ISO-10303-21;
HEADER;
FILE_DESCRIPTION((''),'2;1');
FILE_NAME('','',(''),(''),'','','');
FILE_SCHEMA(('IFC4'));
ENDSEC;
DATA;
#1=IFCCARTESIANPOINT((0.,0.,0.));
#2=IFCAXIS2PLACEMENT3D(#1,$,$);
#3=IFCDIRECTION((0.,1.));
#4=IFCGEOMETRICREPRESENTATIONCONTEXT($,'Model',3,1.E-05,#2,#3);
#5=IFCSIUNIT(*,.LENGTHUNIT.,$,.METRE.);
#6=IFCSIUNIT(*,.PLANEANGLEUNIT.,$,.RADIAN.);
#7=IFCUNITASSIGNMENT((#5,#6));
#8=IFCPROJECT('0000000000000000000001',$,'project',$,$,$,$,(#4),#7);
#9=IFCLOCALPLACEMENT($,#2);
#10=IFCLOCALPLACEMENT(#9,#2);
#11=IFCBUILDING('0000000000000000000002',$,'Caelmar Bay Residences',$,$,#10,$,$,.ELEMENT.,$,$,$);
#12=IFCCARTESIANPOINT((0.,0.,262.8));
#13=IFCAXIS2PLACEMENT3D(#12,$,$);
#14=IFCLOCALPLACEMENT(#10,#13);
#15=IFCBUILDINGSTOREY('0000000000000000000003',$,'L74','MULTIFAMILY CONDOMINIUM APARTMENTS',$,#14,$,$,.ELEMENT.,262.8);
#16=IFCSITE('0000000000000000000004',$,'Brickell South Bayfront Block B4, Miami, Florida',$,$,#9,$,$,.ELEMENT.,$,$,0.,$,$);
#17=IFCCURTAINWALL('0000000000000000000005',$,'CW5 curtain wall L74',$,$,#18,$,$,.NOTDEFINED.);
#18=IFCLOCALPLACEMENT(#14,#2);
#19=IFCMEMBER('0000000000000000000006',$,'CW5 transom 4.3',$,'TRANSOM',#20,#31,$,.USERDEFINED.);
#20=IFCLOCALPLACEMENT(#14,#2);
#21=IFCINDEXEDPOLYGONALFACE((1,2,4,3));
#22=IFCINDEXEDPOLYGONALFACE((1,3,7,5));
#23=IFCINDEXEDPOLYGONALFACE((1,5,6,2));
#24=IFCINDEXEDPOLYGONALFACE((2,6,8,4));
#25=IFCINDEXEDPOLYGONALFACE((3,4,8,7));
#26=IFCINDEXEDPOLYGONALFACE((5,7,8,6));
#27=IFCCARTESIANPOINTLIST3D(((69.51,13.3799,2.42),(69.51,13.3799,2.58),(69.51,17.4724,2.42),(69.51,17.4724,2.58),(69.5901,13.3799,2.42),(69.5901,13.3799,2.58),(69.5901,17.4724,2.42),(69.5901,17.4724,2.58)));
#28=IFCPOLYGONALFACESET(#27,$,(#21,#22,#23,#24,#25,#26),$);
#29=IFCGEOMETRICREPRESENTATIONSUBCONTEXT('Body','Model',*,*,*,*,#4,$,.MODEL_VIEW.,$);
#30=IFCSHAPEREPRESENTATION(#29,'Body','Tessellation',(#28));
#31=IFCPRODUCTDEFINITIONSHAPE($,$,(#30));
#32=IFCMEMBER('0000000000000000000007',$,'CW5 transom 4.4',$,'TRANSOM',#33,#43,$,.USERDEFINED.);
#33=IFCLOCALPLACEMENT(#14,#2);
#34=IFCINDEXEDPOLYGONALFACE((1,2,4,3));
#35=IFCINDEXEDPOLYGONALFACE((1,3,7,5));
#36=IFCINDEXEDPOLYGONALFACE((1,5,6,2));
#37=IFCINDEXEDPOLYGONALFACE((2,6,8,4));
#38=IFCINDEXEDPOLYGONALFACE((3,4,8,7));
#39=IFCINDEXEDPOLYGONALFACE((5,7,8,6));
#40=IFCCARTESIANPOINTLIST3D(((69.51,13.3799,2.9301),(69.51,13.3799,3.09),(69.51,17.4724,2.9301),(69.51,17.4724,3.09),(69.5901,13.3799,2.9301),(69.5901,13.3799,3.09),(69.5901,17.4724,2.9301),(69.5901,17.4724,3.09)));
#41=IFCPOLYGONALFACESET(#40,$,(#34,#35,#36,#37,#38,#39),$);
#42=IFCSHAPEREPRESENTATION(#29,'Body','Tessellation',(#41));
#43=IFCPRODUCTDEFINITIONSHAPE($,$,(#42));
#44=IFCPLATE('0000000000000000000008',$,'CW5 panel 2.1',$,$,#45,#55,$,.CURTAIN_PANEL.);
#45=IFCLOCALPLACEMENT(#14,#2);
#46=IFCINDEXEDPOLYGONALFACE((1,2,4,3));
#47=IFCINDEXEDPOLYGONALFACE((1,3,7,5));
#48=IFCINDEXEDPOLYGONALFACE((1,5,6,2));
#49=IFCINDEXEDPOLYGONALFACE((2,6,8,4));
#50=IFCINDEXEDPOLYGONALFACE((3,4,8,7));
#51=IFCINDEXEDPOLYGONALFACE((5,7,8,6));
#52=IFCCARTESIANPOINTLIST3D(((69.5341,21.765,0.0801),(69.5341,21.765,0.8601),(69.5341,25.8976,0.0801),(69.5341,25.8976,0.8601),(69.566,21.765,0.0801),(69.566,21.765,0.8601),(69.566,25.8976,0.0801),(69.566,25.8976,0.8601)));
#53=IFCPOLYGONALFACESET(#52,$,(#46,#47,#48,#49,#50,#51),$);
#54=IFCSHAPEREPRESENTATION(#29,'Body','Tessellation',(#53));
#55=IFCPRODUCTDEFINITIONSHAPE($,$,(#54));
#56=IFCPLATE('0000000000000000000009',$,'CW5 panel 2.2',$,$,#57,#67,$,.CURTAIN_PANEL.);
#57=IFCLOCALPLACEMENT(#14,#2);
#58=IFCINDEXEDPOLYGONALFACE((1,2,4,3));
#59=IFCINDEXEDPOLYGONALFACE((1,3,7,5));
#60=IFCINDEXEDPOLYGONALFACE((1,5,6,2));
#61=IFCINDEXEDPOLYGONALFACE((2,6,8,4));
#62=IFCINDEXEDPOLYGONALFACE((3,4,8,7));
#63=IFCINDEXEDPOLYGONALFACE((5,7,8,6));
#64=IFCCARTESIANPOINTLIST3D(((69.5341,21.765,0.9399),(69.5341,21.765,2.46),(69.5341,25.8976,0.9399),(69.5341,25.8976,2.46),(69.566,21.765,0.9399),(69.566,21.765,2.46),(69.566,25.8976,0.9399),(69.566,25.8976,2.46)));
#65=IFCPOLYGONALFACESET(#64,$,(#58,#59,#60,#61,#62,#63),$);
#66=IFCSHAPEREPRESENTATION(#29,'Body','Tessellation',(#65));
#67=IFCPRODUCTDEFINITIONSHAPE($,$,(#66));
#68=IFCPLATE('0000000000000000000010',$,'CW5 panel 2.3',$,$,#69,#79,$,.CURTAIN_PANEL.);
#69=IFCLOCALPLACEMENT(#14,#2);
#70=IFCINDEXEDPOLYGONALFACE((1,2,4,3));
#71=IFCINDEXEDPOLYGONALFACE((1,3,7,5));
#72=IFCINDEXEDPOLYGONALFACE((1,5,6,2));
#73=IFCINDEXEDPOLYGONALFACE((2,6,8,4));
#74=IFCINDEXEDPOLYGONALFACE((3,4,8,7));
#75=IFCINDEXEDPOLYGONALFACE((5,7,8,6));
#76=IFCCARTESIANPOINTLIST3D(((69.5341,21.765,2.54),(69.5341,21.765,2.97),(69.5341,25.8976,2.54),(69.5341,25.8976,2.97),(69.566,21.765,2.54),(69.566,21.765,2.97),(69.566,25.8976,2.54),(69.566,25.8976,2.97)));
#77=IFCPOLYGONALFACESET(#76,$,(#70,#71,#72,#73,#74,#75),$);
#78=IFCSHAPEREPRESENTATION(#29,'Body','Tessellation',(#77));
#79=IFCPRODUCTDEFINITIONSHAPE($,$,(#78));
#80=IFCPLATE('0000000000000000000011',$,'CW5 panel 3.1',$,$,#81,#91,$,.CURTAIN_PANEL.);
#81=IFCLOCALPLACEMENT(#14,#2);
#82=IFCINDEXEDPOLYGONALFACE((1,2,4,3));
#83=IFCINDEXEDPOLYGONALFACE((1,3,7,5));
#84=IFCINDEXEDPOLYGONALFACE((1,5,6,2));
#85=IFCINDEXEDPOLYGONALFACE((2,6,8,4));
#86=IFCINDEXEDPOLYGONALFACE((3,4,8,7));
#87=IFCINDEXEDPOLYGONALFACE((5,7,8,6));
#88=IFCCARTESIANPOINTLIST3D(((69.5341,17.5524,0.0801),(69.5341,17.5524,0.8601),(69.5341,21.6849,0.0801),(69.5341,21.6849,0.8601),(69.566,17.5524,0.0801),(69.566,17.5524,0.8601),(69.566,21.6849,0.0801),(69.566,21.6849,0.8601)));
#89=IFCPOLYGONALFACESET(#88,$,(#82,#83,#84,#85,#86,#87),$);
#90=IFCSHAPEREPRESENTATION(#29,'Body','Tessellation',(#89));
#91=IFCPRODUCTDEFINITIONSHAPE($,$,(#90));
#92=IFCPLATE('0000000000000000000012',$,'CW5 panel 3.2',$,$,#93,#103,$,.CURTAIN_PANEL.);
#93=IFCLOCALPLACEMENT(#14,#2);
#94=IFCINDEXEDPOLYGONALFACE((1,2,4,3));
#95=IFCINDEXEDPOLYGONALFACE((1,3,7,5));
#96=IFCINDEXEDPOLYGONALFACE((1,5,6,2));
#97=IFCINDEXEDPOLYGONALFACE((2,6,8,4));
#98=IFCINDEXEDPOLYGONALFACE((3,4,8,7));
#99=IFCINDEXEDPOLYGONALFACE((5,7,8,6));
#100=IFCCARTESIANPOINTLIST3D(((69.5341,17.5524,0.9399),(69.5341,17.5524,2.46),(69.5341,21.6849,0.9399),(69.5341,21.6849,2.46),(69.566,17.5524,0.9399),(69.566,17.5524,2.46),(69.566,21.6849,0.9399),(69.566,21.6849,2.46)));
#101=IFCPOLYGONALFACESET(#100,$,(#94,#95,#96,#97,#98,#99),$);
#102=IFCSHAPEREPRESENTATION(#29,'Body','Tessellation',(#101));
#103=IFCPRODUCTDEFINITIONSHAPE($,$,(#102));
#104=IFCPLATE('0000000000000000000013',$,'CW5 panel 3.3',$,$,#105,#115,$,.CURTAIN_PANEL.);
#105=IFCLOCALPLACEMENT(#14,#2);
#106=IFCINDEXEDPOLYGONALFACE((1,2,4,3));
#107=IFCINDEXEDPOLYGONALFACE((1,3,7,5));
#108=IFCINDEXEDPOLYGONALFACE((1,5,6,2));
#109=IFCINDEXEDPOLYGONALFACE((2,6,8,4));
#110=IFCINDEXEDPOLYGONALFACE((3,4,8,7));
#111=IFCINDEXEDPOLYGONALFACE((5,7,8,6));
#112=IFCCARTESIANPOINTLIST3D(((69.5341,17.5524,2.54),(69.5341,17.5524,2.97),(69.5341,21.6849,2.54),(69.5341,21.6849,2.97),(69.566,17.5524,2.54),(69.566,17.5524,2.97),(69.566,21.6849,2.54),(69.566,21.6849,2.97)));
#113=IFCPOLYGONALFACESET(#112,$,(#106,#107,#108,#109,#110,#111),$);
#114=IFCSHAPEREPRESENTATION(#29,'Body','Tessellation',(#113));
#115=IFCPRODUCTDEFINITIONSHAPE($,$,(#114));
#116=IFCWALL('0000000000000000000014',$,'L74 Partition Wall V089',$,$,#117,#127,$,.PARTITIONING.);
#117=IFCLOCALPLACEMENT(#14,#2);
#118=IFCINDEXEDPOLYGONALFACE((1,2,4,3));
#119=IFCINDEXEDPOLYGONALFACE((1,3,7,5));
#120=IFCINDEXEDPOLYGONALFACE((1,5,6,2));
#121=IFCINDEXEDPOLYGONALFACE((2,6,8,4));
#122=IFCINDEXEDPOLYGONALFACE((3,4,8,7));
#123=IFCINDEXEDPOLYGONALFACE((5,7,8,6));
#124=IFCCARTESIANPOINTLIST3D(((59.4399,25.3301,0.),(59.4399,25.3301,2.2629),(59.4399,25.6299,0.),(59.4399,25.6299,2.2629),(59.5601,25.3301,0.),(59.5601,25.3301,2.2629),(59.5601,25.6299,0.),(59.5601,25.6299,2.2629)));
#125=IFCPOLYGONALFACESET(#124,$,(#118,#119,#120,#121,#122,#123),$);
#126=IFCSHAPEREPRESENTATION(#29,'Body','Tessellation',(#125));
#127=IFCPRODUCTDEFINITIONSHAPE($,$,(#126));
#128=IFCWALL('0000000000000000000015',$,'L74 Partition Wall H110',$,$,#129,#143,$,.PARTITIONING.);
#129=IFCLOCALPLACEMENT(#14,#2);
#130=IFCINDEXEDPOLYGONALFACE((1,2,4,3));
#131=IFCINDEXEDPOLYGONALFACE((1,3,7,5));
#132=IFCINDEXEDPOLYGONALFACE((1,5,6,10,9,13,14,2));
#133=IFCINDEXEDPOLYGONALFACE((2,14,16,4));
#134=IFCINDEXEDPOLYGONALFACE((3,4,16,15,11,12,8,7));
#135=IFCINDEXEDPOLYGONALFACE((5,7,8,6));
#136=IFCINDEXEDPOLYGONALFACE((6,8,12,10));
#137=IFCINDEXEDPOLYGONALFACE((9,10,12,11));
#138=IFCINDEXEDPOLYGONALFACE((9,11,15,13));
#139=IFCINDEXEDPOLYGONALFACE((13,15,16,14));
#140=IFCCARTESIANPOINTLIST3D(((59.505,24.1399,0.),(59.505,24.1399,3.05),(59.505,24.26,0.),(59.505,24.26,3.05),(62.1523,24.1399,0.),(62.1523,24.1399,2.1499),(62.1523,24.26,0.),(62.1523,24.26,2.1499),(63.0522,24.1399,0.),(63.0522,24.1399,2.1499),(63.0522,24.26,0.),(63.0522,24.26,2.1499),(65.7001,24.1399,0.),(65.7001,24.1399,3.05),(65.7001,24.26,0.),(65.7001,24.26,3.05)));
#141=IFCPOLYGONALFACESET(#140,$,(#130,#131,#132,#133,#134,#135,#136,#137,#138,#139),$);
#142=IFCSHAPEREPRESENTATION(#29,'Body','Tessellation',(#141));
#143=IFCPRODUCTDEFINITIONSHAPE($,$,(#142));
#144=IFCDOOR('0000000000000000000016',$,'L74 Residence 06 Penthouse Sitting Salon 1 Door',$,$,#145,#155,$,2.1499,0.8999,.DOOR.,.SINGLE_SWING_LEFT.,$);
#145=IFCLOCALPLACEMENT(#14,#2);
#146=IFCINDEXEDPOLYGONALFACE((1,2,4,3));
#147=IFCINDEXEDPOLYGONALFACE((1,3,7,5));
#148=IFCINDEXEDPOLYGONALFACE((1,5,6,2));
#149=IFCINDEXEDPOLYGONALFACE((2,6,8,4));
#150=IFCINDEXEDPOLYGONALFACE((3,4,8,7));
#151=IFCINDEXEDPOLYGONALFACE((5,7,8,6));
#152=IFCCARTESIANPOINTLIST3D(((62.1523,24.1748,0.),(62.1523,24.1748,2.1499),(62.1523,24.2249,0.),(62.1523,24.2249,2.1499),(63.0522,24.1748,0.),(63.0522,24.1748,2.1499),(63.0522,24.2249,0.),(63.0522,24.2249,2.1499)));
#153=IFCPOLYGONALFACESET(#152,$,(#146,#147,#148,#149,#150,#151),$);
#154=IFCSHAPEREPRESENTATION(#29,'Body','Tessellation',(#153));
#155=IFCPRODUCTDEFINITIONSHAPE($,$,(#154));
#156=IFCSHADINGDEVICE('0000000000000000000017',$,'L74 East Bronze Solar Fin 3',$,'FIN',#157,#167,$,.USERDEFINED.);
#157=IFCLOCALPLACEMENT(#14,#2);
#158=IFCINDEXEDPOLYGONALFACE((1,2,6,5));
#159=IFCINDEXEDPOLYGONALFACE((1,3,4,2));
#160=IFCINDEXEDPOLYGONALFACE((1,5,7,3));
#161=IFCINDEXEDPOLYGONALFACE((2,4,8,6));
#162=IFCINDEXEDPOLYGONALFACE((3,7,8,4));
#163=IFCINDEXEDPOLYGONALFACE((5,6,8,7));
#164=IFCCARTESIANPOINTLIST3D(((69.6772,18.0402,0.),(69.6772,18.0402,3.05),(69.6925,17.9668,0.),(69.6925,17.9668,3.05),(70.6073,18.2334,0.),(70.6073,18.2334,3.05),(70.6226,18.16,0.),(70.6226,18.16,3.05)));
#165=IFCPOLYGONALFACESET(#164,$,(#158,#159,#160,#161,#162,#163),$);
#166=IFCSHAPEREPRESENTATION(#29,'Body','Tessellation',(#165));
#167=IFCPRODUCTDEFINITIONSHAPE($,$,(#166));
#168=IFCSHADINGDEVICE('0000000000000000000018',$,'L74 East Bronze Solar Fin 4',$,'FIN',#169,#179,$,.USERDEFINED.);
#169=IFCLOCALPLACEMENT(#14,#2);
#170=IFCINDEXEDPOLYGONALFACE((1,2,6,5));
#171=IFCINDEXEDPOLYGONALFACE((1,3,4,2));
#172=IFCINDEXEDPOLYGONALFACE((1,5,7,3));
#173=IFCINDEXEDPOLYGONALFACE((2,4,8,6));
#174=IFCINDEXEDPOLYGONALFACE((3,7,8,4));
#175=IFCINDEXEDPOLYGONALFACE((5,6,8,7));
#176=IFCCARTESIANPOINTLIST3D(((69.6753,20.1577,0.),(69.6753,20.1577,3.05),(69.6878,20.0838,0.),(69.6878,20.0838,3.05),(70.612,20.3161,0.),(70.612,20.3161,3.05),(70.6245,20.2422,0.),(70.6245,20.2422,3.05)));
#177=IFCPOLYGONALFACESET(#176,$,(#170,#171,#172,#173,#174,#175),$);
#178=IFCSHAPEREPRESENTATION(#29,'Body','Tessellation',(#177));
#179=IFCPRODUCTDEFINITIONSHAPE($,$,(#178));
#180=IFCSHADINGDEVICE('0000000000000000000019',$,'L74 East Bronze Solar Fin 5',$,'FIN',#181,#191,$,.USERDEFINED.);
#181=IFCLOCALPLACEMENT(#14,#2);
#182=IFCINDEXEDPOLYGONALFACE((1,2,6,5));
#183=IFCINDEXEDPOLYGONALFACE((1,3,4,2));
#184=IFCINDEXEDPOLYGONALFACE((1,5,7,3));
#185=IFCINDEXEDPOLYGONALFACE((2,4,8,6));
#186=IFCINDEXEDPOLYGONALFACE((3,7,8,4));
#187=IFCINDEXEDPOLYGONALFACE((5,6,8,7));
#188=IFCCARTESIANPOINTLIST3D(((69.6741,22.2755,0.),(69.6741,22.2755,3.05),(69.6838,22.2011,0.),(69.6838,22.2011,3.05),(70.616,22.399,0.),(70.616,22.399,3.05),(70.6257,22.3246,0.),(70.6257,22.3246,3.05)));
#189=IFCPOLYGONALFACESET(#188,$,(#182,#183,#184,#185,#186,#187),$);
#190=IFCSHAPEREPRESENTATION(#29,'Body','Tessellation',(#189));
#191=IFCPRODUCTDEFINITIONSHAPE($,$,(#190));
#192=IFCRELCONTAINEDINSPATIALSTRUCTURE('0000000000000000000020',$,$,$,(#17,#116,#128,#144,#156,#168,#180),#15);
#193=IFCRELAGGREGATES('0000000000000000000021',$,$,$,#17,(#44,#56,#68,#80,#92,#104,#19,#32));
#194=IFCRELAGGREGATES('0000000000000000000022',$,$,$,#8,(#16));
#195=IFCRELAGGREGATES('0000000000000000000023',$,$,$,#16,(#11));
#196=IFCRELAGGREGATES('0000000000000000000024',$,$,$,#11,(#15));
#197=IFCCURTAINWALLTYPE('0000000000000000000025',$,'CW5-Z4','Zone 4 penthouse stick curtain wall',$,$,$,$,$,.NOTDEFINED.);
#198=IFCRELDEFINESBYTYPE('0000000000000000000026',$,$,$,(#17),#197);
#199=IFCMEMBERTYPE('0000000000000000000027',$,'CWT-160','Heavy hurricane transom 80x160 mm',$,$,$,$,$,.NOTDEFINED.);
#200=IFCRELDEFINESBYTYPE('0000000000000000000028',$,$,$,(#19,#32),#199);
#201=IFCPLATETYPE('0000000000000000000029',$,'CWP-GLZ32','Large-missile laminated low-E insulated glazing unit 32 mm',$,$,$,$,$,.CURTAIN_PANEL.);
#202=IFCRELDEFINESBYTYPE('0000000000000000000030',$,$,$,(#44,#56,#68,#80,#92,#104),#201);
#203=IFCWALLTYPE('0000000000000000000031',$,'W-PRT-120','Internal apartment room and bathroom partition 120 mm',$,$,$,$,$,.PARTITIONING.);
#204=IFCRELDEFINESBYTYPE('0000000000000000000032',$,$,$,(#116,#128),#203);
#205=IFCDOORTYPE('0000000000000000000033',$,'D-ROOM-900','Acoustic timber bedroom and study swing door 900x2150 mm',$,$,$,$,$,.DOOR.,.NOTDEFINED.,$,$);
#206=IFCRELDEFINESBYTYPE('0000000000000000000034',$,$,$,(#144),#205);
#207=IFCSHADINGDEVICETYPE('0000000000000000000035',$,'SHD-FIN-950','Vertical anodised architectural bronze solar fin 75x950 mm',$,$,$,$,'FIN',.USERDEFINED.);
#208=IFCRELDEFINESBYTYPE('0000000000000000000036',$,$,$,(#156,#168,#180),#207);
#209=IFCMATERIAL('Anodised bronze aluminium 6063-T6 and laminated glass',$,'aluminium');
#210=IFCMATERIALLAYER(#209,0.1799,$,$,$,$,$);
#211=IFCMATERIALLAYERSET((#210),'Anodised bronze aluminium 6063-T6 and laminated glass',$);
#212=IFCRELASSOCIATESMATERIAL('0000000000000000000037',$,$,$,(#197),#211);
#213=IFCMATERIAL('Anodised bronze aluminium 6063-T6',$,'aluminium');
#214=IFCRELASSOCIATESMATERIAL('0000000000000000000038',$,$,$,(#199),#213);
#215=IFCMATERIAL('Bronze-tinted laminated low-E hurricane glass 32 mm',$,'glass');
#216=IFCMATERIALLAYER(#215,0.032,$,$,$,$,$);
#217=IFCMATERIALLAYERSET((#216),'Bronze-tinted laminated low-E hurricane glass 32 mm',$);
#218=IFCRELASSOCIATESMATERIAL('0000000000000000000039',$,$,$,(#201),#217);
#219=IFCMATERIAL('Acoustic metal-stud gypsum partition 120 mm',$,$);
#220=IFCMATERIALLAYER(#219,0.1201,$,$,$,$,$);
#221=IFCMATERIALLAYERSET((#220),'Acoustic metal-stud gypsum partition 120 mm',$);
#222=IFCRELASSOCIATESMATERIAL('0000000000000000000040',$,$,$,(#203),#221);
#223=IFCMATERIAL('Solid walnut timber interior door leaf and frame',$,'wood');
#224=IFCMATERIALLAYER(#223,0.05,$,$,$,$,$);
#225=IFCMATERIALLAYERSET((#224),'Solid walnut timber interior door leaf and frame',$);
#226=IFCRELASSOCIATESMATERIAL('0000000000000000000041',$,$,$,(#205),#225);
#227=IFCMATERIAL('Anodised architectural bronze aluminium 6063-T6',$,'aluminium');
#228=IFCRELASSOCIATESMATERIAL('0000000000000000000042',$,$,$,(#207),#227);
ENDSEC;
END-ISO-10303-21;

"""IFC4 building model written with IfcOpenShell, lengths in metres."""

from ifc_helpers import new_model, si_unit, direction, frame, frame_2d, origin, origin_2d, place, context, subcontext, project, spatial, rectangle, extrude, material, layer, layer_set, material_profile, profile_set, type_object, element, fill, aggregate, save


model = new_model("IFC4")

# Units and contexts
model_context = context("Model", 3, precision=1e-05, world=origin(), true_north=direction((0.0, 1.0)))
body_context = subcontext(model_context, "Body", "Model", "MODEL_VIEW")
ifc_project = project(units=[si_unit("LENGTHUNIT", "METRE"), si_unit("PLANEANGLEUNIT", "RADIAN")], contexts=[model_context])

# Site, building, storey
site_placement = place(None, origin())
site = spatial("IfcSite", under=ifc_project, at=site_placement, Name="Brickell South Bayfront Block B4, Miami, Florida", CompositionType="ELEMENT", RefElevation=0.0)
building_placement = place(site_placement, origin())
building = spatial("IfcBuilding", under=site, at=building_placement, Name="Caelmar Bay Residences", CompositionType="ELEMENT")
storey_placement = place(building_placement, frame((0.0, 0.0, 262.8)))
storey = spatial("IfcBuildingStorey", under=building, at=storey_placement, Name="L74", Description="MULTIFAMILY CONDOMINIUM APARTMENTS", CompositionType="ELEMENT", Elevation=262.8)

# Curtain wall, members, plates
ifc_material_1 = material(Name="Anodised bronze aluminium 6063-T6 and laminated glass", Category="aluminium")
ifc_layer_1 = layer(ifc_material_1, 0.1799)
ifc_layer_set_1 = layer_set([ifc_layer_1], Name="Anodised bronze aluminium 6063-T6 and laminated glass")
curtain_wall_type = type_object("IfcCurtainWallType", Name="CW5-Z4", Description="Zone 4 penthouse stick curtain wall", PredefinedType="NOTDEFINED", material=ifc_layer_set_1)
curtain_wall_placement = place(storey_placement, origin())
curtain_wall = element("IfcCurtainWall", 1, at=curtain_wall_placement, inside=storey, type_object=curtain_wall_type, Name="CW5 curtain wall L74", PredefinedType="NOTDEFINED")
ifc_material_2 = material(Name="Anodised bronze aluminium 6063-T6", Category="aluminium")
ifc_material_profile_1 = material_profile(ifc_material_2, rectangle(XDim=0.0801, YDim=0.1599, at=origin_2d()), Name="CWT-80X160")
ifc_profile_set_1 = profile_set([ifc_material_profile_1], Name="Anodised bronze aluminium 6063-T6")
member_type_1 = type_object("IfcMemberType", Name="CWT-160", Description="Heavy hurricane transom 80x160 mm", PredefinedType="NOTDEFINED", material=ifc_profile_set_1)
member_1_placement = place(storey_placement, frame((69.55, 17.4724, 2.5), z_axis=(0.0, -1.0, 0.0), x_axis=(1.0, 0.0, 0.0)))
member_1 = element("IfcMember", 2, at=member_1_placement, type_object=member_type_1, Name="CW5 transom 4.3", ObjectType="TRANSOM", PredefinedType="USERDEFINED", context=body_context, shape_type="SweptSolid", body=[
    extrude(rectangle(XDim=0.0801, YDim=0.1599, at=origin_2d()), origin(), (0.0, 0.0, 1.0), 4.0925),
])
member_2_placement = place(storey_placement, frame((69.55, 17.4724, 3.01), z_axis=(0.0, -1.0, 0.0), x_axis=(1.0, 0.0, 0.0)))
member_2 = element("IfcMember", 3, at=member_2_placement, type_object=member_type_1, Name="CW5 transom 4.4", ObjectType="TRANSOM", PredefinedType="USERDEFINED", context=body_context, shape_type="SweptSolid", body=[
    extrude(rectangle(XDim=0.0801, YDim=0.1599, at=origin_2d()), origin(), (0.0, 0.0, 1.0), 4.0925),
])
ifc_material_3 = material(Name="Bronze-tinted laminated low-E hurricane glass 32 mm", Category="glass")
ifc_layer_2 = layer(ifc_material_3, 0.032)
ifc_layer_set_2 = layer_set([ifc_layer_2], Name="Bronze-tinted laminated low-E hurricane glass 32 mm")
plate_type = type_object("IfcPlateType", Name="CWP-GLZ32", Description="Large-missile laminated low-E insulated glazing unit 32 mm", PredefinedType="CURTAIN_PANEL", material=ifc_layer_set_2)
plate_1_placement = place(storey_placement, frame((69.55, 23.8313, 0.0801), z_axis=(0.0, 0.0, 1.0), x_axis=(0.0, -1.0, 0.0)))
plate_1 = element("IfcPlate", 4, at=plate_1_placement, type_object=plate_type, Name="CW5 panel 2.1", PredefinedType="CURTAIN_PANEL", context=body_context, shape_type="SweptSolid", body=[
    extrude(rectangle(XDim=4.1326, YDim=0.032, at=origin_2d()), origin(), (0.0, 0.0, 1.0), 0.78),
])
plate_2_placement = place(storey_placement, frame((69.55, 23.8313, 0.9399), z_axis=(0.0, 0.0, 1.0), x_axis=(0.0, -1.0, 0.0)))
plate_2 = element("IfcPlate", 5, at=plate_2_placement, type_object=plate_type, Name="CW5 panel 2.2", PredefinedType="CURTAIN_PANEL", context=body_context, shape_type="SweptSolid", body=[
    extrude(rectangle(XDim=4.1326, YDim=0.032, at=origin_2d()), origin(), (0.0, 0.0, 1.0), 1.52),
])
plate_3_placement = place(storey_placement, frame((69.55, 23.8313, 2.54), z_axis=(0.0, 0.0, 1.0), x_axis=(0.0, -1.0, 0.0)))
plate_3 = element("IfcPlate", 6, at=plate_3_placement, type_object=plate_type, Name="CW5 panel 2.3", PredefinedType="CURTAIN_PANEL", context=body_context, shape_type="SweptSolid", body=[
    extrude(rectangle(XDim=4.1326, YDim=0.032, at=origin_2d()), origin(), (0.0, 0.0, 1.0), 0.4299),
])
plate_4_placement = place(storey_placement, frame((69.55, 19.6187, 0.0801), z_axis=(0.0, 0.0, 1.0), x_axis=(0.0, -1.0, 0.0)))
plate_4 = element("IfcPlate", 7, at=plate_4_placement, type_object=plate_type, Name="CW5 panel 3.1", PredefinedType="CURTAIN_PANEL", context=body_context, shape_type="SweptSolid", body=[
    extrude(rectangle(XDim=4.1326, YDim=0.032, at=origin_2d()), origin(), (0.0, 0.0, 1.0), 0.78),
])
plate_5_placement = place(storey_placement, frame((69.55, 19.6187, 0.9399), z_axis=(0.0, 0.0, 1.0), x_axis=(0.0, -1.0, 0.0)))
plate_5 = element("IfcPlate", 8, at=plate_5_placement, type_object=plate_type, Name="CW5 panel 3.2", PredefinedType="CURTAIN_PANEL", context=body_context, shape_type="SweptSolid", body=[
    extrude(rectangle(XDim=4.1326, YDim=0.032, at=origin_2d()), origin(), (0.0, 0.0, 1.0), 1.52),
])
plate_6_placement = place(storey_placement, frame((69.55, 19.6187, 2.54), z_axis=(0.0, 0.0, 1.0), x_axis=(0.0, -1.0, 0.0)))
plate_6 = element("IfcPlate", 9, at=plate_6_placement, type_object=plate_type, Name="CW5 panel 3.3", PredefinedType="CURTAIN_PANEL", context=body_context, shape_type="SweptSolid", body=[
    extrude(rectangle(XDim=4.1326, YDim=0.032, at=origin_2d()), origin(), (0.0, 0.0, 1.0), 0.4299),
])
aggregate(curtain_wall, [plate_1, plate_2, plate_3, plate_4, plate_5, plate_6, member_1, member_2])

# Wall
ifc_material_4 = material(Name="Acoustic metal-stud gypsum partition 120 mm")
ifc_layer_3 = layer(ifc_material_4, 0.1201)
ifc_layer_set_3 = layer_set([ifc_layer_3], Name="Acoustic metal-stud gypsum partition 120 mm")
wall_type = type_object("IfcWallType", Name="W-PRT-120", Description="Internal apartment room and bathroom partition 120 mm", PredefinedType="PARTITIONING", material=ifc_layer_set_3)
wall_1_placement = place(storey_placement, frame((59.5, 25.3301, 0.0), z_axis=(0.0, 0.0, 1.0), x_axis=(0.0, 1.0, 0.0)))
element("IfcWall", 10, at=wall_1_placement, inside=storey, type_object=wall_type, Name="L74 Partition Wall V089", PredefinedType="PARTITIONING", context=body_context, shape_type="SweptSolid", body=[
    extrude(rectangle(XDim=0.2998, YDim=0.1201, at=frame_2d((0.1499, 0.0))), origin(), (0.0, 0.0, 1.0), 2.2629),
])

# Wall, opening, door
wall_2_placement = place(storey_placement, frame((59.5049, 24.2, 0.0), z_axis=(0.0, 0.0, 1.0), x_axis=(1.0, 0.0, 0.0)))
wall_2 = element("IfcWall", 11, at=wall_2_placement, inside=storey, type_object=wall_type, Name="L74 Partition Wall H110", PredefinedType="PARTITIONING", context=body_context, shape_type="SweptSolid", body=[
    extrude(rectangle(XDim=6.1951, YDim=0.1201, at=frame_2d((3.0977, 0.0))), origin(), (0.0, 0.0, 1.0), 3.05),
])
opening_placement = place(wall_2_placement, frame((2.6475, 0.0, 0.0)))
opening = element("IfcOpeningElement", 12, at=opening_placement, cuts=wall_2, PredefinedType="OPENING", context=body_context, shape_type="SweptSolid", body=[
    extrude(rectangle(XDim=0.8999, YDim=2.1499, at=frame_2d((0.45, 1.075))), frame((0.0, 0.0701, 0.0), z_axis=(0.0, -1.0, 0.0), x_axis=(1.0, 0.0, 0.0)), (0.0, 0.0, 1.0), 0.1401),
])
ifc_material_5 = material(Name="Solid walnut timber interior door leaf and frame", Category="wood")
ifc_layer_4 = layer(ifc_material_5, 0.05)
ifc_layer_set_4 = layer_set([ifc_layer_4], Name="Solid walnut timber interior door leaf and frame")
door_type = type_object("IfcDoorType", Name="D-ROOM-900", Description="Acoustic timber bedroom and study swing door 900x2150 mm", OperationType="NOTDEFINED", PredefinedType="DOOR", material=ifc_layer_set_4)
door_placement = place(opening_placement, origin())
door = element("IfcDoor", 13, at=door_placement, inside=storey, type_object=door_type, Name="L74 Residence 06 Penthouse Sitting Salon 1 Door", OperationType="SINGLE_SWING_LEFT", OverallHeight=2.1499, OverallWidth=0.8999, PredefinedType="DOOR", context=body_context, shape_type="SweptSolid", body=[
    extrude(rectangle(XDim=0.8999, YDim=2.1499, at=frame_2d((0.45, 1.075))), frame((0.0, 0.0249, 0.0), z_axis=(0.0, -1.0, 0.0), x_axis=(1.0, 0.0, 0.0)), (0.0, 0.0, 1.0), 0.05),
])
fill(opening, door)

# Shading devices
ifc_material_6 = material(Name="Anodised architectural bronze aluminium 6063-T6", Category="aluminium")
ifc_material_profile_2 = material_profile(ifc_material_6, rectangle(XDim=0.075, YDim=0.95, at=origin_2d()), Name="BRONZE-FIN-75X950")
ifc_profile_set_2 = profile_set([ifc_material_profile_2], Name="Anodised architectural bronze aluminium 6063-T6")
shading_device_type = type_object("IfcShadingDeviceType", Name="SHD-FIN-950", Description="Vertical anodised architectural bronze solar fin 75x950 mm", ElementType="FIN", PredefinedType="USERDEFINED", material=ifc_profile_set_2)
for number, where, z_axis, x_axis, name in (
    (14, (70.1499, 18.1001, 0.0), (0.0, 0.0, 1.0), (-0.2033, 0.979116, 0.0), "L74 East Bronze Solar Fin 3"),
    (15, (70.1499, 20.2, 0.0), (0.0, 0.0, 1.0), (-0.166769, 0.985996, 0.0), "L74 East Bronze Solar Fin 4"),
    (16, (70.1499, 22.3, 0.0), (0.0, 0.0, 1.0), (-0.130007, 0.991513, 0.0), "L74 East Bronze Solar Fin 5"),
):
    element("IfcShadingDevice", number, at=place(storey_placement, frame(where, z_axis=z_axis, x_axis=x_axis)), inside=storey, type_object=shading_device_type, Name=name, ObjectType="FIN", PredefinedType="USERDEFINED", context=body_context, shape_type="SweptSolid", body=[
        extrude(rectangle(XDim=0.075, YDim=0.95, at=origin_2d()), origin(), (0.0, 0.0, 1.0), 3.05),
    ])

save(model, "model.ifc")
